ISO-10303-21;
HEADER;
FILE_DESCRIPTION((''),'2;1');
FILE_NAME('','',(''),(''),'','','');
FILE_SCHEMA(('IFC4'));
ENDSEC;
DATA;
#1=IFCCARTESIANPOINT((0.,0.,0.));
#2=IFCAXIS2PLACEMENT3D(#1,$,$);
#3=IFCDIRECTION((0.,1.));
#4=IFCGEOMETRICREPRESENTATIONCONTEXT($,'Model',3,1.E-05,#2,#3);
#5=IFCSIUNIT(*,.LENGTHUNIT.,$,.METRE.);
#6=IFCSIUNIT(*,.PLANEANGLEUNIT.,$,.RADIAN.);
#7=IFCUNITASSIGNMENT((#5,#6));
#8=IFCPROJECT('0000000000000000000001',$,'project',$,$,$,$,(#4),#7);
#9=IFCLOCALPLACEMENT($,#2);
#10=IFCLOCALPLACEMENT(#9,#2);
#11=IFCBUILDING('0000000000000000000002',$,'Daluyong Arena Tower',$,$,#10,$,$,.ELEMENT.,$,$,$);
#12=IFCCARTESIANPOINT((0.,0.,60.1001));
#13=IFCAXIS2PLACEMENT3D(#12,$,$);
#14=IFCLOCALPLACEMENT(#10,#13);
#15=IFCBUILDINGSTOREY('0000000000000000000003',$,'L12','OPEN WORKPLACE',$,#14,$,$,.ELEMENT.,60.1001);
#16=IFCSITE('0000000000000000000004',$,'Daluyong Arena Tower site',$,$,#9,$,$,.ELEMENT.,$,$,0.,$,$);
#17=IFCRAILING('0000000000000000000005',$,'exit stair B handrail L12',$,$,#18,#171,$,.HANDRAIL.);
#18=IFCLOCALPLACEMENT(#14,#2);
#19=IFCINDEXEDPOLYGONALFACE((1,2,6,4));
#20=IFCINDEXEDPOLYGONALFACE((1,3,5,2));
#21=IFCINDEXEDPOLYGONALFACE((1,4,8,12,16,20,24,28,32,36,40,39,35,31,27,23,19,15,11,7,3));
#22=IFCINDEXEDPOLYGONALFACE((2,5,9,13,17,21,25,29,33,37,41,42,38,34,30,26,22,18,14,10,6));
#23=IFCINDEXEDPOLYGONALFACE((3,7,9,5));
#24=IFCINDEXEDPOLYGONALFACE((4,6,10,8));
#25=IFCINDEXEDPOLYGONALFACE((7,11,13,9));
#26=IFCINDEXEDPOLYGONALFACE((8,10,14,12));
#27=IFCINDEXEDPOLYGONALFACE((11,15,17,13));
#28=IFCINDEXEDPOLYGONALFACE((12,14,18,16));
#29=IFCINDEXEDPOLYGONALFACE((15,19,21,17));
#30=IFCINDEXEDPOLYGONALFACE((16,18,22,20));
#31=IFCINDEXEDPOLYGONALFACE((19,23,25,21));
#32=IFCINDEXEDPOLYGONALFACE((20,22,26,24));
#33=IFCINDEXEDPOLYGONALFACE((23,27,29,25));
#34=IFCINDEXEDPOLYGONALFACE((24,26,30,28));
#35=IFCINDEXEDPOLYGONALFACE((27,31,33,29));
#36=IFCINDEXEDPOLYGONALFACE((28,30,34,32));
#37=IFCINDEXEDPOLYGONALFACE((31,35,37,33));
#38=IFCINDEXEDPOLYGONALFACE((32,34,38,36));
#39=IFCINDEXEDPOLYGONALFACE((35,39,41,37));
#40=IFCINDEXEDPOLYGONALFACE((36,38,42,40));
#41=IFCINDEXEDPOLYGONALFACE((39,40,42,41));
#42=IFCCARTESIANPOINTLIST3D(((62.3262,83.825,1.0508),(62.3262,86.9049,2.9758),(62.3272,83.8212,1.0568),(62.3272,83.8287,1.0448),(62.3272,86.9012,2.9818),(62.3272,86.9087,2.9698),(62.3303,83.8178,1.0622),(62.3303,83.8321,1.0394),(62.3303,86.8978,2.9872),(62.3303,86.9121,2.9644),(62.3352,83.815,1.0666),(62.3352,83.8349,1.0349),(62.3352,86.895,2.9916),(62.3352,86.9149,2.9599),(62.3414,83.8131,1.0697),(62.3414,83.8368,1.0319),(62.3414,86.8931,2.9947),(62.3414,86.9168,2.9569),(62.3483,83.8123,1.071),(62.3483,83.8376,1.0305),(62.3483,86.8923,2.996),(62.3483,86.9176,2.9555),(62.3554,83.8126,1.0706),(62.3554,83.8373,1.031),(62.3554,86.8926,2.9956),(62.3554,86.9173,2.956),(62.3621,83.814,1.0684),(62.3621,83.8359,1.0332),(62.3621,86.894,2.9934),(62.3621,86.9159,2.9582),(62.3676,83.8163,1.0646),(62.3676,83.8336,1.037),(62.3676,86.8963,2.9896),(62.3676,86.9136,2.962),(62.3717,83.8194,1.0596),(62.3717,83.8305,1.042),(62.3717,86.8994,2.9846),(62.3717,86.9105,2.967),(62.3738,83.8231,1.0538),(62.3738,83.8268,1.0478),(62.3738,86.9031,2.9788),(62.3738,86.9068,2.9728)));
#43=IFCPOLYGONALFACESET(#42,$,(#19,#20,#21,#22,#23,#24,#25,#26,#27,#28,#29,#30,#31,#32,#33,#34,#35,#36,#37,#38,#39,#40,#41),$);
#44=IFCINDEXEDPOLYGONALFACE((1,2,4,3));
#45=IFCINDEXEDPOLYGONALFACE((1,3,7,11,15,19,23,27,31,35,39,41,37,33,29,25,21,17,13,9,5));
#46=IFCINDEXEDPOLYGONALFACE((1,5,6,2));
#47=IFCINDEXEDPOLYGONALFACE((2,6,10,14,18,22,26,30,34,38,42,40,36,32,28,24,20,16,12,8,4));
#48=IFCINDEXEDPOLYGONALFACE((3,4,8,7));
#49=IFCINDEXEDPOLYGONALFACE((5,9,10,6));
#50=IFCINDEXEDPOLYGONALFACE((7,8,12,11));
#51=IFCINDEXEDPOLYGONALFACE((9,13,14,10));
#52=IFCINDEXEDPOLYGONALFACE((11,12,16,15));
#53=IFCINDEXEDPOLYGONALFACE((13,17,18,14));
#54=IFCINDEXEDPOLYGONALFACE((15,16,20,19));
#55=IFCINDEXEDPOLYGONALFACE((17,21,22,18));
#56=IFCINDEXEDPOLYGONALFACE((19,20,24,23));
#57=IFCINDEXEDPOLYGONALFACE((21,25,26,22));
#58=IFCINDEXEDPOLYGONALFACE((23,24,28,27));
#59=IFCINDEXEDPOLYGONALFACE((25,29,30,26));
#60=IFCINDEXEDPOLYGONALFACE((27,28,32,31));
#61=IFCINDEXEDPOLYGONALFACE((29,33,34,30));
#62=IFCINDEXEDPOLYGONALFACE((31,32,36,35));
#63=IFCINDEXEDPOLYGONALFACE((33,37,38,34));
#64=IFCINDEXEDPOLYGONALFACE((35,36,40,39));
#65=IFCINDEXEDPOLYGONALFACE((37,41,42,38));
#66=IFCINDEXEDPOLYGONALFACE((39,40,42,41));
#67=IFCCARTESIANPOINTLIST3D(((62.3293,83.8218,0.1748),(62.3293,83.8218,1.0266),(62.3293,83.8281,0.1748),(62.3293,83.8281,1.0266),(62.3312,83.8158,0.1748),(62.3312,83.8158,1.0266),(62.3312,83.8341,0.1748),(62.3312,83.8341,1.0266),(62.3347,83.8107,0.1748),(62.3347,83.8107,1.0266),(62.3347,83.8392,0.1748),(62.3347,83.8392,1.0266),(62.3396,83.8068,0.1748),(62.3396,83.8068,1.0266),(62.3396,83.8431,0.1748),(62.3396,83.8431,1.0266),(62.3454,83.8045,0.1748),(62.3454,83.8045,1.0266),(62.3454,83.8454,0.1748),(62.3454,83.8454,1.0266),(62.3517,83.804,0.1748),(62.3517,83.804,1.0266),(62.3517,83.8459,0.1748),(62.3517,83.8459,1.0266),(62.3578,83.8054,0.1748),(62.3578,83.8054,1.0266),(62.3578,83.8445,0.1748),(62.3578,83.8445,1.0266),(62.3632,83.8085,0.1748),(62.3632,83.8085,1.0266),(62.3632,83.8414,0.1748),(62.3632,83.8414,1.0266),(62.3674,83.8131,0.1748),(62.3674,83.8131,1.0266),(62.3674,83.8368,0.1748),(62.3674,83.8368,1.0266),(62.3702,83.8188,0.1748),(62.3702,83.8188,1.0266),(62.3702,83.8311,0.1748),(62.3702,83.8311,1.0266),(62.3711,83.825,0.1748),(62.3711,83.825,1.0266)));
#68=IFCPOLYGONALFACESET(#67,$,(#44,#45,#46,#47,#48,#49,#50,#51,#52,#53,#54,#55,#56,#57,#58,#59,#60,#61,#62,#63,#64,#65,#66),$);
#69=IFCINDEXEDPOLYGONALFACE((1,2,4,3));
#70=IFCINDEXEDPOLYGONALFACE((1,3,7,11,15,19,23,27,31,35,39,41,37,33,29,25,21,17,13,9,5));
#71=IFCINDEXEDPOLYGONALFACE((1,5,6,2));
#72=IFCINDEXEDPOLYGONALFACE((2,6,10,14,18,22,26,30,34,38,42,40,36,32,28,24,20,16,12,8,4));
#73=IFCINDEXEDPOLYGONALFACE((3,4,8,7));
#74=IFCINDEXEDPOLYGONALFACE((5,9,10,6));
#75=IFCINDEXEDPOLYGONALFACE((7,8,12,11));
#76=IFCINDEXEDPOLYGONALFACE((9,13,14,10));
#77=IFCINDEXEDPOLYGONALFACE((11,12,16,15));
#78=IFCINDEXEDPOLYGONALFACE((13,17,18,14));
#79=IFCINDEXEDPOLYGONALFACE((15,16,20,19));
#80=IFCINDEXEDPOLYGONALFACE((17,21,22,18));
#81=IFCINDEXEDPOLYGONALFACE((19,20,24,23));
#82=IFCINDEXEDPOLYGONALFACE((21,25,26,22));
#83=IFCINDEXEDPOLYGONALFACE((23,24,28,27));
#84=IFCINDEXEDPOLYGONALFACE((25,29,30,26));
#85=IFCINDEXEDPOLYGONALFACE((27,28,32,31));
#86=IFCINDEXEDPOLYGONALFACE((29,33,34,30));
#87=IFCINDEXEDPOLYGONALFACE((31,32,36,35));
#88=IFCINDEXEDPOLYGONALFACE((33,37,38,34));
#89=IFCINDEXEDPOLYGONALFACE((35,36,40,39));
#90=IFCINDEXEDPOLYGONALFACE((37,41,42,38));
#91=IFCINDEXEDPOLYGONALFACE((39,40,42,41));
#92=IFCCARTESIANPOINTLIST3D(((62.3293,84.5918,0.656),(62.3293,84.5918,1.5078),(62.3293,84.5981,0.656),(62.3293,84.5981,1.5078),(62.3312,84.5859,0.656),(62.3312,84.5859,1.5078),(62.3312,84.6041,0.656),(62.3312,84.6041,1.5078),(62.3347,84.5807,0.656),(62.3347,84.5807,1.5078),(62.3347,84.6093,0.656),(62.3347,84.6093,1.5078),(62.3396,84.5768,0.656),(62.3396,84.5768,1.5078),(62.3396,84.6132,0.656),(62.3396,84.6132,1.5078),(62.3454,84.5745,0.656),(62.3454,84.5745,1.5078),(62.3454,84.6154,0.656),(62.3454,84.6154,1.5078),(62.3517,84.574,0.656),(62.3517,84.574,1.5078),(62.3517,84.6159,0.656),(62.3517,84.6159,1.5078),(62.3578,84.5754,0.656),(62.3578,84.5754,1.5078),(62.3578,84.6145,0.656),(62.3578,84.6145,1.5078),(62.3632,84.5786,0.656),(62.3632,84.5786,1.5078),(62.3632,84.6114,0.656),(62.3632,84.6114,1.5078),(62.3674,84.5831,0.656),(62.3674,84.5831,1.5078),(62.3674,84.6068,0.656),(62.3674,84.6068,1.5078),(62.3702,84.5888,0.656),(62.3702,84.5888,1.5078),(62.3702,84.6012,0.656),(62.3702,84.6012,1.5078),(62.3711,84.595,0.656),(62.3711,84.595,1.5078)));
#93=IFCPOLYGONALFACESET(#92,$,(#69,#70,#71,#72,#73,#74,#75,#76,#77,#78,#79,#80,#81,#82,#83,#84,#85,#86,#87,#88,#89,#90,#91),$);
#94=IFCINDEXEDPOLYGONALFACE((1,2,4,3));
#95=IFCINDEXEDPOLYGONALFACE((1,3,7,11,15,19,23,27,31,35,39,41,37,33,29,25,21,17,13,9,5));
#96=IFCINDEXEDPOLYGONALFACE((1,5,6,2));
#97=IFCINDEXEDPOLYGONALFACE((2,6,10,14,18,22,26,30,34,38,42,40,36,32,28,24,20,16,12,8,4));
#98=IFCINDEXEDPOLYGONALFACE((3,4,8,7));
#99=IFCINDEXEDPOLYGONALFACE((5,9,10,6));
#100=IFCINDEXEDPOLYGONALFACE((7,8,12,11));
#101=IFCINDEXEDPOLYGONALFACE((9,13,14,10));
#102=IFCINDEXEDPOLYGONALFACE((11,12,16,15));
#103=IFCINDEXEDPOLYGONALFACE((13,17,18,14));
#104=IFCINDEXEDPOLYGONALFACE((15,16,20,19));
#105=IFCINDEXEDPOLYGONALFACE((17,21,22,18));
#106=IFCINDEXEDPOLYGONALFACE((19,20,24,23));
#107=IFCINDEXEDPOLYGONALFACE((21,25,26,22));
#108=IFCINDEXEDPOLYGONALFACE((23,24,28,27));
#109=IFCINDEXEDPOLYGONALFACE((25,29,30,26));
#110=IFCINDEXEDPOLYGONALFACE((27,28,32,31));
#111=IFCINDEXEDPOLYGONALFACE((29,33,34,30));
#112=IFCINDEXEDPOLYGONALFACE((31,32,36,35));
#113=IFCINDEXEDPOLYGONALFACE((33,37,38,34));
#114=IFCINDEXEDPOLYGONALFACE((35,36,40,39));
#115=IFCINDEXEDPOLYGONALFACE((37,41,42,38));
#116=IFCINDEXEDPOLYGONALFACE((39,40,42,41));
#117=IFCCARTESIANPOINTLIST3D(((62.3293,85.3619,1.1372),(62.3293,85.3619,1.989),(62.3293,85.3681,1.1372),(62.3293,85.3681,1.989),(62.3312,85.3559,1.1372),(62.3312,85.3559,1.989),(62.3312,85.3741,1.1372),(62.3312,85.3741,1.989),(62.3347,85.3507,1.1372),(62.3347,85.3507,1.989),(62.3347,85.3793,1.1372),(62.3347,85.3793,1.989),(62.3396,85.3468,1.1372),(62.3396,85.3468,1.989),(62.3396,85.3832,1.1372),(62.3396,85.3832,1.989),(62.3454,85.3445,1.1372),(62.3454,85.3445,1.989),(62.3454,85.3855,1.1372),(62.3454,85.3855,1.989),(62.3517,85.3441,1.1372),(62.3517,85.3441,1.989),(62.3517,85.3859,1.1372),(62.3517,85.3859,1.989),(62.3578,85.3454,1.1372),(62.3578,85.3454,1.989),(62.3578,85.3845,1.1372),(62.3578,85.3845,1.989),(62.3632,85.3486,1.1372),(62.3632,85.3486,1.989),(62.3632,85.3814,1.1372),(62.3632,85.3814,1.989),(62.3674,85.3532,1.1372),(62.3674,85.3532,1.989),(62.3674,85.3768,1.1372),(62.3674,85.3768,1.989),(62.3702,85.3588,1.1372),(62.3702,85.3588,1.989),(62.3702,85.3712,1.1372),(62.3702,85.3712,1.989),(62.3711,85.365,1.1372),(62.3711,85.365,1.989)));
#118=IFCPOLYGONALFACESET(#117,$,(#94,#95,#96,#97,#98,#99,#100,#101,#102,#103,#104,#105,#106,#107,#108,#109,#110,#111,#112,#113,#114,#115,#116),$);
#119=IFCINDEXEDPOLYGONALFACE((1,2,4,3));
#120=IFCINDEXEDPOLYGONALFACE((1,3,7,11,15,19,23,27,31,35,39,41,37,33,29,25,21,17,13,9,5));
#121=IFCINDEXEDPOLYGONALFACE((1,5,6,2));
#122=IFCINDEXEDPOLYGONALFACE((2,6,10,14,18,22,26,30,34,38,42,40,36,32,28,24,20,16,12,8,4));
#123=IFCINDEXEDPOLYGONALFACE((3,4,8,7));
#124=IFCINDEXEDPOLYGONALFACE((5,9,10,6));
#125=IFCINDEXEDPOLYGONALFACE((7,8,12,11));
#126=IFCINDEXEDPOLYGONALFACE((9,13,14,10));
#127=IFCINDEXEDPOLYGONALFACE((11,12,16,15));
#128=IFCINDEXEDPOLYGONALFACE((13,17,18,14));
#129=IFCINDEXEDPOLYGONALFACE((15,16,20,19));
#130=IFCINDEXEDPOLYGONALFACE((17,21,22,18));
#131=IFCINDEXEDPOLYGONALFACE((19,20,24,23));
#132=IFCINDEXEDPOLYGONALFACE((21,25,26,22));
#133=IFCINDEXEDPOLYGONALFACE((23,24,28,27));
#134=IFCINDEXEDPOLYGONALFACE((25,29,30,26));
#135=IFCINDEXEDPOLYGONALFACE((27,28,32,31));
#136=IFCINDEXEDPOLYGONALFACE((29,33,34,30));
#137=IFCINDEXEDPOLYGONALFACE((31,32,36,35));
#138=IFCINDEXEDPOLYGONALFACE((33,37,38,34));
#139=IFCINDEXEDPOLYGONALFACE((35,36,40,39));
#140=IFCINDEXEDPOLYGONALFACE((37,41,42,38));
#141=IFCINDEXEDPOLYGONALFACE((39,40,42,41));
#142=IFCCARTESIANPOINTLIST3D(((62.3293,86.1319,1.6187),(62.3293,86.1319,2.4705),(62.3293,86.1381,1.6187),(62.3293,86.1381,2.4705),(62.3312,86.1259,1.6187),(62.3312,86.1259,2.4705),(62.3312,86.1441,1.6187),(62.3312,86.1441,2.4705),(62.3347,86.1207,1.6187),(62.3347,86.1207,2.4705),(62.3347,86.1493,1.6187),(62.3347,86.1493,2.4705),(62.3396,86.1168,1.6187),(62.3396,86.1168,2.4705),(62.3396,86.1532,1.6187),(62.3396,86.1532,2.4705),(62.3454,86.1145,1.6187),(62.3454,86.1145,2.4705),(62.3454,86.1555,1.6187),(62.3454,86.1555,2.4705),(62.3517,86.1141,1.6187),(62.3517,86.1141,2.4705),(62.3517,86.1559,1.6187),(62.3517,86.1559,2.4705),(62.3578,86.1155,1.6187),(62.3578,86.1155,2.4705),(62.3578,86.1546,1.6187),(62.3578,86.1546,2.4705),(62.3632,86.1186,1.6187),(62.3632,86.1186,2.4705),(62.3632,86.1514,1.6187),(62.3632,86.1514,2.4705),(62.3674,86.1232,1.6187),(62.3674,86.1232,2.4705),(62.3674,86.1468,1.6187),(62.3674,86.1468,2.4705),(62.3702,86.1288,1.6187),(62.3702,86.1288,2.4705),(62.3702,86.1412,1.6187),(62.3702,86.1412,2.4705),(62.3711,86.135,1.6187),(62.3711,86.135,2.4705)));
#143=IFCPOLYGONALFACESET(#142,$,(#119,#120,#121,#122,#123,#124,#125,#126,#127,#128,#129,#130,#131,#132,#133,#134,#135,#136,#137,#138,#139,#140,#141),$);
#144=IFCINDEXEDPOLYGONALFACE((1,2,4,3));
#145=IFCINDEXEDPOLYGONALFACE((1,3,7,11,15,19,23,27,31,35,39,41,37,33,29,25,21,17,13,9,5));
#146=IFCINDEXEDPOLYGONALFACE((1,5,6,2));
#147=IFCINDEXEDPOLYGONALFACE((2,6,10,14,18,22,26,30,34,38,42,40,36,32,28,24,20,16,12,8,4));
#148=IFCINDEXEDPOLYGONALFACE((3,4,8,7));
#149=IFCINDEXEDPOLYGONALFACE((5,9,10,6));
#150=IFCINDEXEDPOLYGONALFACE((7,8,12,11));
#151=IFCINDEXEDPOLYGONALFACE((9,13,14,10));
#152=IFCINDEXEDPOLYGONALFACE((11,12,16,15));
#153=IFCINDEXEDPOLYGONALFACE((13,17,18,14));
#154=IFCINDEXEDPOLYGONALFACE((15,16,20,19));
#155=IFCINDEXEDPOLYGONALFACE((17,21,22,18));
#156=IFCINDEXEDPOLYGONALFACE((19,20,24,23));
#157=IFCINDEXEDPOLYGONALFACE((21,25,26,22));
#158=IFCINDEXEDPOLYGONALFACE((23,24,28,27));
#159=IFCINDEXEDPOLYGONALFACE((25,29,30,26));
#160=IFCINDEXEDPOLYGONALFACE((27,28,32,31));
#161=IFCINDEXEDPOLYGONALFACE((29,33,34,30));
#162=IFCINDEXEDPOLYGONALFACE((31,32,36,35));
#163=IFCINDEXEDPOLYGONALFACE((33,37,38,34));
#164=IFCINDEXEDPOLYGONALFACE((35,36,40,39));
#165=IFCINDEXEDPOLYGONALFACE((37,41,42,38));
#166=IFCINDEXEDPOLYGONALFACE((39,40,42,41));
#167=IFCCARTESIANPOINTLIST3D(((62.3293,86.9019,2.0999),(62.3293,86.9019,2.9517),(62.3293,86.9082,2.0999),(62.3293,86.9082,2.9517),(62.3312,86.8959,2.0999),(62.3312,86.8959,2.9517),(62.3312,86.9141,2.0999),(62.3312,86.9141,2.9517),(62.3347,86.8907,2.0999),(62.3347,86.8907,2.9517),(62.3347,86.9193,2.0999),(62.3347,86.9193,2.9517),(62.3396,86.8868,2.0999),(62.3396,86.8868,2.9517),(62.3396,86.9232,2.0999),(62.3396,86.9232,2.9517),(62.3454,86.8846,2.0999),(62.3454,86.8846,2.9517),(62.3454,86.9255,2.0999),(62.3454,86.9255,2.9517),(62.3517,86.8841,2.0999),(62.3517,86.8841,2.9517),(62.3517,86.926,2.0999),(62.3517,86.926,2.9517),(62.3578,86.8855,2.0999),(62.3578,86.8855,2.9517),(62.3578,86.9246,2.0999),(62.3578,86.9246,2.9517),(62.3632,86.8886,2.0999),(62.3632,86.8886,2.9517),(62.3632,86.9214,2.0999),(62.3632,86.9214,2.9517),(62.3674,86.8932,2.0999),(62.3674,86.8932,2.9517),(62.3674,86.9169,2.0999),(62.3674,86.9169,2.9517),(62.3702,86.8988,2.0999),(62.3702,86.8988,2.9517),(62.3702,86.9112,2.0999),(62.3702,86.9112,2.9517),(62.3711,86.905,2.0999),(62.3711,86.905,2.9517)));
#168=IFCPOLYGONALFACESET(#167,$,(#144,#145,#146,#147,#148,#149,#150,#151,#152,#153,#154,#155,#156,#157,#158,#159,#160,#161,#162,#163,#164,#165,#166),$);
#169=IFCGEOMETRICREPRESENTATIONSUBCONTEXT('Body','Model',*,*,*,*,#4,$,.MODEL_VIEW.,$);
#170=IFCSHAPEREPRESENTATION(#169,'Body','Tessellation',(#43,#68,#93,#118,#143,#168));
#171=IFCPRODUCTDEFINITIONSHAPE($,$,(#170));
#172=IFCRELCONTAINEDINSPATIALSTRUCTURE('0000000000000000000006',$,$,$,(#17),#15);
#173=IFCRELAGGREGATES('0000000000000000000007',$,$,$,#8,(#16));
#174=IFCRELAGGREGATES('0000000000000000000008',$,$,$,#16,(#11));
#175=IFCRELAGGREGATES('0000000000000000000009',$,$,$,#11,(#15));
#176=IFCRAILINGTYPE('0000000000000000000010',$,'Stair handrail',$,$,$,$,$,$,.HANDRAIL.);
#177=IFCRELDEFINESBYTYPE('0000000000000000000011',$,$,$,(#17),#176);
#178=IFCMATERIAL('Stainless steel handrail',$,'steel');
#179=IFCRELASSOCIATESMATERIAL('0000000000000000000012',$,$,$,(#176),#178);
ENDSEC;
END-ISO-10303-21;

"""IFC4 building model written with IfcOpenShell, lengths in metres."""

from ifc_helpers import new_model, si_unit, direction, frame, origin, origin_2d, place, context, subcontext, project, spatial, circle, extrude, material, type_object, element, save


model = new_model("IFC4")

# Units and contexts
model_context = context("Model", 3, precision=1e-05, world=origin(), true_north=direction((0.0, 1.0)))
body_context = subcontext(model_context, "Body", "Model", "MODEL_VIEW")
ifc_project = project(units=[si_unit("LENGTHUNIT", "METRE"), si_unit("PLANEANGLEUNIT", "RADIAN")], contexts=[model_context])

# Site, building, storey
site_placement = place(None, origin())
site = spatial("IfcSite", under=ifc_project, at=site_placement, Name="Daluyong Arena Tower site", CompositionType="ELEMENT", RefElevation=0.0)
building_placement = place(site_placement, origin())
building = spatial("IfcBuilding", under=site, at=building_placement, Name="Daluyong Arena Tower", CompositionType="ELEMENT")
storey_placement = place(building_placement, frame((0.0, 0.0, 60.1001)))
storey = spatial("IfcBuildingStorey", under=building, at=storey_placement, Name="L12", Description="OPEN WORKPLACE", CompositionType="ELEMENT", Elevation=60.1001)

# Railing
ifc_material_1 = material(Name="Stainless steel handrail", Category="steel")
railing_type_1 = type_object("IfcRailingType", Name="Stair handrail", PredefinedType="HANDRAIL", material=ifc_material_1)
railing_1_placement = place(storey_placement, frame((62.3501, 83.825, 0.1748)))
element("IfcRailing", 1, at=railing_1_placement, inside=storey, type_object=railing_type_1, Name="exit stair B handrail L12", PredefinedType="HANDRAIL", context=body_context, shape_type="SweptSolid", body=[
    extrude(circle(Radius=0.0239, at=origin_2d()), frame((0.0, 0.0, 0.876), z_axis=(0.0, 0.847998, 0.529999), x_axis=(-1.0, 0.0, 0.0)), (0.0, 0.0, 1.0), 3.6321),
    extrude(circle(Radius=0.021, at=origin_2d()), origin(), (0.0, 0.0, 1.0), 0.8518),
    extrude(circle(Radius=0.021, at=origin_2d()), frame((0.0, 0.77, 0.4812)), (0.0, 0.0, 1.0), 0.8518),
    extrude(circle(Radius=0.021, at=origin_2d()), frame((0.0, 1.54, 0.9624)), (0.0, 0.0, 1.0), 0.8518),
    extrude(circle(Radius=0.021, at=origin_2d()), frame((0.0, 2.3101, 1.4438)), (0.0, 0.0, 1.0), 0.8518),
    extrude(circle(Radius=0.021, at=origin_2d()), frame((0.0, 3.0801, 1.925)), (0.0, 0.0, 1.0), 0.8518),
])

save(model, "model.ifc")
